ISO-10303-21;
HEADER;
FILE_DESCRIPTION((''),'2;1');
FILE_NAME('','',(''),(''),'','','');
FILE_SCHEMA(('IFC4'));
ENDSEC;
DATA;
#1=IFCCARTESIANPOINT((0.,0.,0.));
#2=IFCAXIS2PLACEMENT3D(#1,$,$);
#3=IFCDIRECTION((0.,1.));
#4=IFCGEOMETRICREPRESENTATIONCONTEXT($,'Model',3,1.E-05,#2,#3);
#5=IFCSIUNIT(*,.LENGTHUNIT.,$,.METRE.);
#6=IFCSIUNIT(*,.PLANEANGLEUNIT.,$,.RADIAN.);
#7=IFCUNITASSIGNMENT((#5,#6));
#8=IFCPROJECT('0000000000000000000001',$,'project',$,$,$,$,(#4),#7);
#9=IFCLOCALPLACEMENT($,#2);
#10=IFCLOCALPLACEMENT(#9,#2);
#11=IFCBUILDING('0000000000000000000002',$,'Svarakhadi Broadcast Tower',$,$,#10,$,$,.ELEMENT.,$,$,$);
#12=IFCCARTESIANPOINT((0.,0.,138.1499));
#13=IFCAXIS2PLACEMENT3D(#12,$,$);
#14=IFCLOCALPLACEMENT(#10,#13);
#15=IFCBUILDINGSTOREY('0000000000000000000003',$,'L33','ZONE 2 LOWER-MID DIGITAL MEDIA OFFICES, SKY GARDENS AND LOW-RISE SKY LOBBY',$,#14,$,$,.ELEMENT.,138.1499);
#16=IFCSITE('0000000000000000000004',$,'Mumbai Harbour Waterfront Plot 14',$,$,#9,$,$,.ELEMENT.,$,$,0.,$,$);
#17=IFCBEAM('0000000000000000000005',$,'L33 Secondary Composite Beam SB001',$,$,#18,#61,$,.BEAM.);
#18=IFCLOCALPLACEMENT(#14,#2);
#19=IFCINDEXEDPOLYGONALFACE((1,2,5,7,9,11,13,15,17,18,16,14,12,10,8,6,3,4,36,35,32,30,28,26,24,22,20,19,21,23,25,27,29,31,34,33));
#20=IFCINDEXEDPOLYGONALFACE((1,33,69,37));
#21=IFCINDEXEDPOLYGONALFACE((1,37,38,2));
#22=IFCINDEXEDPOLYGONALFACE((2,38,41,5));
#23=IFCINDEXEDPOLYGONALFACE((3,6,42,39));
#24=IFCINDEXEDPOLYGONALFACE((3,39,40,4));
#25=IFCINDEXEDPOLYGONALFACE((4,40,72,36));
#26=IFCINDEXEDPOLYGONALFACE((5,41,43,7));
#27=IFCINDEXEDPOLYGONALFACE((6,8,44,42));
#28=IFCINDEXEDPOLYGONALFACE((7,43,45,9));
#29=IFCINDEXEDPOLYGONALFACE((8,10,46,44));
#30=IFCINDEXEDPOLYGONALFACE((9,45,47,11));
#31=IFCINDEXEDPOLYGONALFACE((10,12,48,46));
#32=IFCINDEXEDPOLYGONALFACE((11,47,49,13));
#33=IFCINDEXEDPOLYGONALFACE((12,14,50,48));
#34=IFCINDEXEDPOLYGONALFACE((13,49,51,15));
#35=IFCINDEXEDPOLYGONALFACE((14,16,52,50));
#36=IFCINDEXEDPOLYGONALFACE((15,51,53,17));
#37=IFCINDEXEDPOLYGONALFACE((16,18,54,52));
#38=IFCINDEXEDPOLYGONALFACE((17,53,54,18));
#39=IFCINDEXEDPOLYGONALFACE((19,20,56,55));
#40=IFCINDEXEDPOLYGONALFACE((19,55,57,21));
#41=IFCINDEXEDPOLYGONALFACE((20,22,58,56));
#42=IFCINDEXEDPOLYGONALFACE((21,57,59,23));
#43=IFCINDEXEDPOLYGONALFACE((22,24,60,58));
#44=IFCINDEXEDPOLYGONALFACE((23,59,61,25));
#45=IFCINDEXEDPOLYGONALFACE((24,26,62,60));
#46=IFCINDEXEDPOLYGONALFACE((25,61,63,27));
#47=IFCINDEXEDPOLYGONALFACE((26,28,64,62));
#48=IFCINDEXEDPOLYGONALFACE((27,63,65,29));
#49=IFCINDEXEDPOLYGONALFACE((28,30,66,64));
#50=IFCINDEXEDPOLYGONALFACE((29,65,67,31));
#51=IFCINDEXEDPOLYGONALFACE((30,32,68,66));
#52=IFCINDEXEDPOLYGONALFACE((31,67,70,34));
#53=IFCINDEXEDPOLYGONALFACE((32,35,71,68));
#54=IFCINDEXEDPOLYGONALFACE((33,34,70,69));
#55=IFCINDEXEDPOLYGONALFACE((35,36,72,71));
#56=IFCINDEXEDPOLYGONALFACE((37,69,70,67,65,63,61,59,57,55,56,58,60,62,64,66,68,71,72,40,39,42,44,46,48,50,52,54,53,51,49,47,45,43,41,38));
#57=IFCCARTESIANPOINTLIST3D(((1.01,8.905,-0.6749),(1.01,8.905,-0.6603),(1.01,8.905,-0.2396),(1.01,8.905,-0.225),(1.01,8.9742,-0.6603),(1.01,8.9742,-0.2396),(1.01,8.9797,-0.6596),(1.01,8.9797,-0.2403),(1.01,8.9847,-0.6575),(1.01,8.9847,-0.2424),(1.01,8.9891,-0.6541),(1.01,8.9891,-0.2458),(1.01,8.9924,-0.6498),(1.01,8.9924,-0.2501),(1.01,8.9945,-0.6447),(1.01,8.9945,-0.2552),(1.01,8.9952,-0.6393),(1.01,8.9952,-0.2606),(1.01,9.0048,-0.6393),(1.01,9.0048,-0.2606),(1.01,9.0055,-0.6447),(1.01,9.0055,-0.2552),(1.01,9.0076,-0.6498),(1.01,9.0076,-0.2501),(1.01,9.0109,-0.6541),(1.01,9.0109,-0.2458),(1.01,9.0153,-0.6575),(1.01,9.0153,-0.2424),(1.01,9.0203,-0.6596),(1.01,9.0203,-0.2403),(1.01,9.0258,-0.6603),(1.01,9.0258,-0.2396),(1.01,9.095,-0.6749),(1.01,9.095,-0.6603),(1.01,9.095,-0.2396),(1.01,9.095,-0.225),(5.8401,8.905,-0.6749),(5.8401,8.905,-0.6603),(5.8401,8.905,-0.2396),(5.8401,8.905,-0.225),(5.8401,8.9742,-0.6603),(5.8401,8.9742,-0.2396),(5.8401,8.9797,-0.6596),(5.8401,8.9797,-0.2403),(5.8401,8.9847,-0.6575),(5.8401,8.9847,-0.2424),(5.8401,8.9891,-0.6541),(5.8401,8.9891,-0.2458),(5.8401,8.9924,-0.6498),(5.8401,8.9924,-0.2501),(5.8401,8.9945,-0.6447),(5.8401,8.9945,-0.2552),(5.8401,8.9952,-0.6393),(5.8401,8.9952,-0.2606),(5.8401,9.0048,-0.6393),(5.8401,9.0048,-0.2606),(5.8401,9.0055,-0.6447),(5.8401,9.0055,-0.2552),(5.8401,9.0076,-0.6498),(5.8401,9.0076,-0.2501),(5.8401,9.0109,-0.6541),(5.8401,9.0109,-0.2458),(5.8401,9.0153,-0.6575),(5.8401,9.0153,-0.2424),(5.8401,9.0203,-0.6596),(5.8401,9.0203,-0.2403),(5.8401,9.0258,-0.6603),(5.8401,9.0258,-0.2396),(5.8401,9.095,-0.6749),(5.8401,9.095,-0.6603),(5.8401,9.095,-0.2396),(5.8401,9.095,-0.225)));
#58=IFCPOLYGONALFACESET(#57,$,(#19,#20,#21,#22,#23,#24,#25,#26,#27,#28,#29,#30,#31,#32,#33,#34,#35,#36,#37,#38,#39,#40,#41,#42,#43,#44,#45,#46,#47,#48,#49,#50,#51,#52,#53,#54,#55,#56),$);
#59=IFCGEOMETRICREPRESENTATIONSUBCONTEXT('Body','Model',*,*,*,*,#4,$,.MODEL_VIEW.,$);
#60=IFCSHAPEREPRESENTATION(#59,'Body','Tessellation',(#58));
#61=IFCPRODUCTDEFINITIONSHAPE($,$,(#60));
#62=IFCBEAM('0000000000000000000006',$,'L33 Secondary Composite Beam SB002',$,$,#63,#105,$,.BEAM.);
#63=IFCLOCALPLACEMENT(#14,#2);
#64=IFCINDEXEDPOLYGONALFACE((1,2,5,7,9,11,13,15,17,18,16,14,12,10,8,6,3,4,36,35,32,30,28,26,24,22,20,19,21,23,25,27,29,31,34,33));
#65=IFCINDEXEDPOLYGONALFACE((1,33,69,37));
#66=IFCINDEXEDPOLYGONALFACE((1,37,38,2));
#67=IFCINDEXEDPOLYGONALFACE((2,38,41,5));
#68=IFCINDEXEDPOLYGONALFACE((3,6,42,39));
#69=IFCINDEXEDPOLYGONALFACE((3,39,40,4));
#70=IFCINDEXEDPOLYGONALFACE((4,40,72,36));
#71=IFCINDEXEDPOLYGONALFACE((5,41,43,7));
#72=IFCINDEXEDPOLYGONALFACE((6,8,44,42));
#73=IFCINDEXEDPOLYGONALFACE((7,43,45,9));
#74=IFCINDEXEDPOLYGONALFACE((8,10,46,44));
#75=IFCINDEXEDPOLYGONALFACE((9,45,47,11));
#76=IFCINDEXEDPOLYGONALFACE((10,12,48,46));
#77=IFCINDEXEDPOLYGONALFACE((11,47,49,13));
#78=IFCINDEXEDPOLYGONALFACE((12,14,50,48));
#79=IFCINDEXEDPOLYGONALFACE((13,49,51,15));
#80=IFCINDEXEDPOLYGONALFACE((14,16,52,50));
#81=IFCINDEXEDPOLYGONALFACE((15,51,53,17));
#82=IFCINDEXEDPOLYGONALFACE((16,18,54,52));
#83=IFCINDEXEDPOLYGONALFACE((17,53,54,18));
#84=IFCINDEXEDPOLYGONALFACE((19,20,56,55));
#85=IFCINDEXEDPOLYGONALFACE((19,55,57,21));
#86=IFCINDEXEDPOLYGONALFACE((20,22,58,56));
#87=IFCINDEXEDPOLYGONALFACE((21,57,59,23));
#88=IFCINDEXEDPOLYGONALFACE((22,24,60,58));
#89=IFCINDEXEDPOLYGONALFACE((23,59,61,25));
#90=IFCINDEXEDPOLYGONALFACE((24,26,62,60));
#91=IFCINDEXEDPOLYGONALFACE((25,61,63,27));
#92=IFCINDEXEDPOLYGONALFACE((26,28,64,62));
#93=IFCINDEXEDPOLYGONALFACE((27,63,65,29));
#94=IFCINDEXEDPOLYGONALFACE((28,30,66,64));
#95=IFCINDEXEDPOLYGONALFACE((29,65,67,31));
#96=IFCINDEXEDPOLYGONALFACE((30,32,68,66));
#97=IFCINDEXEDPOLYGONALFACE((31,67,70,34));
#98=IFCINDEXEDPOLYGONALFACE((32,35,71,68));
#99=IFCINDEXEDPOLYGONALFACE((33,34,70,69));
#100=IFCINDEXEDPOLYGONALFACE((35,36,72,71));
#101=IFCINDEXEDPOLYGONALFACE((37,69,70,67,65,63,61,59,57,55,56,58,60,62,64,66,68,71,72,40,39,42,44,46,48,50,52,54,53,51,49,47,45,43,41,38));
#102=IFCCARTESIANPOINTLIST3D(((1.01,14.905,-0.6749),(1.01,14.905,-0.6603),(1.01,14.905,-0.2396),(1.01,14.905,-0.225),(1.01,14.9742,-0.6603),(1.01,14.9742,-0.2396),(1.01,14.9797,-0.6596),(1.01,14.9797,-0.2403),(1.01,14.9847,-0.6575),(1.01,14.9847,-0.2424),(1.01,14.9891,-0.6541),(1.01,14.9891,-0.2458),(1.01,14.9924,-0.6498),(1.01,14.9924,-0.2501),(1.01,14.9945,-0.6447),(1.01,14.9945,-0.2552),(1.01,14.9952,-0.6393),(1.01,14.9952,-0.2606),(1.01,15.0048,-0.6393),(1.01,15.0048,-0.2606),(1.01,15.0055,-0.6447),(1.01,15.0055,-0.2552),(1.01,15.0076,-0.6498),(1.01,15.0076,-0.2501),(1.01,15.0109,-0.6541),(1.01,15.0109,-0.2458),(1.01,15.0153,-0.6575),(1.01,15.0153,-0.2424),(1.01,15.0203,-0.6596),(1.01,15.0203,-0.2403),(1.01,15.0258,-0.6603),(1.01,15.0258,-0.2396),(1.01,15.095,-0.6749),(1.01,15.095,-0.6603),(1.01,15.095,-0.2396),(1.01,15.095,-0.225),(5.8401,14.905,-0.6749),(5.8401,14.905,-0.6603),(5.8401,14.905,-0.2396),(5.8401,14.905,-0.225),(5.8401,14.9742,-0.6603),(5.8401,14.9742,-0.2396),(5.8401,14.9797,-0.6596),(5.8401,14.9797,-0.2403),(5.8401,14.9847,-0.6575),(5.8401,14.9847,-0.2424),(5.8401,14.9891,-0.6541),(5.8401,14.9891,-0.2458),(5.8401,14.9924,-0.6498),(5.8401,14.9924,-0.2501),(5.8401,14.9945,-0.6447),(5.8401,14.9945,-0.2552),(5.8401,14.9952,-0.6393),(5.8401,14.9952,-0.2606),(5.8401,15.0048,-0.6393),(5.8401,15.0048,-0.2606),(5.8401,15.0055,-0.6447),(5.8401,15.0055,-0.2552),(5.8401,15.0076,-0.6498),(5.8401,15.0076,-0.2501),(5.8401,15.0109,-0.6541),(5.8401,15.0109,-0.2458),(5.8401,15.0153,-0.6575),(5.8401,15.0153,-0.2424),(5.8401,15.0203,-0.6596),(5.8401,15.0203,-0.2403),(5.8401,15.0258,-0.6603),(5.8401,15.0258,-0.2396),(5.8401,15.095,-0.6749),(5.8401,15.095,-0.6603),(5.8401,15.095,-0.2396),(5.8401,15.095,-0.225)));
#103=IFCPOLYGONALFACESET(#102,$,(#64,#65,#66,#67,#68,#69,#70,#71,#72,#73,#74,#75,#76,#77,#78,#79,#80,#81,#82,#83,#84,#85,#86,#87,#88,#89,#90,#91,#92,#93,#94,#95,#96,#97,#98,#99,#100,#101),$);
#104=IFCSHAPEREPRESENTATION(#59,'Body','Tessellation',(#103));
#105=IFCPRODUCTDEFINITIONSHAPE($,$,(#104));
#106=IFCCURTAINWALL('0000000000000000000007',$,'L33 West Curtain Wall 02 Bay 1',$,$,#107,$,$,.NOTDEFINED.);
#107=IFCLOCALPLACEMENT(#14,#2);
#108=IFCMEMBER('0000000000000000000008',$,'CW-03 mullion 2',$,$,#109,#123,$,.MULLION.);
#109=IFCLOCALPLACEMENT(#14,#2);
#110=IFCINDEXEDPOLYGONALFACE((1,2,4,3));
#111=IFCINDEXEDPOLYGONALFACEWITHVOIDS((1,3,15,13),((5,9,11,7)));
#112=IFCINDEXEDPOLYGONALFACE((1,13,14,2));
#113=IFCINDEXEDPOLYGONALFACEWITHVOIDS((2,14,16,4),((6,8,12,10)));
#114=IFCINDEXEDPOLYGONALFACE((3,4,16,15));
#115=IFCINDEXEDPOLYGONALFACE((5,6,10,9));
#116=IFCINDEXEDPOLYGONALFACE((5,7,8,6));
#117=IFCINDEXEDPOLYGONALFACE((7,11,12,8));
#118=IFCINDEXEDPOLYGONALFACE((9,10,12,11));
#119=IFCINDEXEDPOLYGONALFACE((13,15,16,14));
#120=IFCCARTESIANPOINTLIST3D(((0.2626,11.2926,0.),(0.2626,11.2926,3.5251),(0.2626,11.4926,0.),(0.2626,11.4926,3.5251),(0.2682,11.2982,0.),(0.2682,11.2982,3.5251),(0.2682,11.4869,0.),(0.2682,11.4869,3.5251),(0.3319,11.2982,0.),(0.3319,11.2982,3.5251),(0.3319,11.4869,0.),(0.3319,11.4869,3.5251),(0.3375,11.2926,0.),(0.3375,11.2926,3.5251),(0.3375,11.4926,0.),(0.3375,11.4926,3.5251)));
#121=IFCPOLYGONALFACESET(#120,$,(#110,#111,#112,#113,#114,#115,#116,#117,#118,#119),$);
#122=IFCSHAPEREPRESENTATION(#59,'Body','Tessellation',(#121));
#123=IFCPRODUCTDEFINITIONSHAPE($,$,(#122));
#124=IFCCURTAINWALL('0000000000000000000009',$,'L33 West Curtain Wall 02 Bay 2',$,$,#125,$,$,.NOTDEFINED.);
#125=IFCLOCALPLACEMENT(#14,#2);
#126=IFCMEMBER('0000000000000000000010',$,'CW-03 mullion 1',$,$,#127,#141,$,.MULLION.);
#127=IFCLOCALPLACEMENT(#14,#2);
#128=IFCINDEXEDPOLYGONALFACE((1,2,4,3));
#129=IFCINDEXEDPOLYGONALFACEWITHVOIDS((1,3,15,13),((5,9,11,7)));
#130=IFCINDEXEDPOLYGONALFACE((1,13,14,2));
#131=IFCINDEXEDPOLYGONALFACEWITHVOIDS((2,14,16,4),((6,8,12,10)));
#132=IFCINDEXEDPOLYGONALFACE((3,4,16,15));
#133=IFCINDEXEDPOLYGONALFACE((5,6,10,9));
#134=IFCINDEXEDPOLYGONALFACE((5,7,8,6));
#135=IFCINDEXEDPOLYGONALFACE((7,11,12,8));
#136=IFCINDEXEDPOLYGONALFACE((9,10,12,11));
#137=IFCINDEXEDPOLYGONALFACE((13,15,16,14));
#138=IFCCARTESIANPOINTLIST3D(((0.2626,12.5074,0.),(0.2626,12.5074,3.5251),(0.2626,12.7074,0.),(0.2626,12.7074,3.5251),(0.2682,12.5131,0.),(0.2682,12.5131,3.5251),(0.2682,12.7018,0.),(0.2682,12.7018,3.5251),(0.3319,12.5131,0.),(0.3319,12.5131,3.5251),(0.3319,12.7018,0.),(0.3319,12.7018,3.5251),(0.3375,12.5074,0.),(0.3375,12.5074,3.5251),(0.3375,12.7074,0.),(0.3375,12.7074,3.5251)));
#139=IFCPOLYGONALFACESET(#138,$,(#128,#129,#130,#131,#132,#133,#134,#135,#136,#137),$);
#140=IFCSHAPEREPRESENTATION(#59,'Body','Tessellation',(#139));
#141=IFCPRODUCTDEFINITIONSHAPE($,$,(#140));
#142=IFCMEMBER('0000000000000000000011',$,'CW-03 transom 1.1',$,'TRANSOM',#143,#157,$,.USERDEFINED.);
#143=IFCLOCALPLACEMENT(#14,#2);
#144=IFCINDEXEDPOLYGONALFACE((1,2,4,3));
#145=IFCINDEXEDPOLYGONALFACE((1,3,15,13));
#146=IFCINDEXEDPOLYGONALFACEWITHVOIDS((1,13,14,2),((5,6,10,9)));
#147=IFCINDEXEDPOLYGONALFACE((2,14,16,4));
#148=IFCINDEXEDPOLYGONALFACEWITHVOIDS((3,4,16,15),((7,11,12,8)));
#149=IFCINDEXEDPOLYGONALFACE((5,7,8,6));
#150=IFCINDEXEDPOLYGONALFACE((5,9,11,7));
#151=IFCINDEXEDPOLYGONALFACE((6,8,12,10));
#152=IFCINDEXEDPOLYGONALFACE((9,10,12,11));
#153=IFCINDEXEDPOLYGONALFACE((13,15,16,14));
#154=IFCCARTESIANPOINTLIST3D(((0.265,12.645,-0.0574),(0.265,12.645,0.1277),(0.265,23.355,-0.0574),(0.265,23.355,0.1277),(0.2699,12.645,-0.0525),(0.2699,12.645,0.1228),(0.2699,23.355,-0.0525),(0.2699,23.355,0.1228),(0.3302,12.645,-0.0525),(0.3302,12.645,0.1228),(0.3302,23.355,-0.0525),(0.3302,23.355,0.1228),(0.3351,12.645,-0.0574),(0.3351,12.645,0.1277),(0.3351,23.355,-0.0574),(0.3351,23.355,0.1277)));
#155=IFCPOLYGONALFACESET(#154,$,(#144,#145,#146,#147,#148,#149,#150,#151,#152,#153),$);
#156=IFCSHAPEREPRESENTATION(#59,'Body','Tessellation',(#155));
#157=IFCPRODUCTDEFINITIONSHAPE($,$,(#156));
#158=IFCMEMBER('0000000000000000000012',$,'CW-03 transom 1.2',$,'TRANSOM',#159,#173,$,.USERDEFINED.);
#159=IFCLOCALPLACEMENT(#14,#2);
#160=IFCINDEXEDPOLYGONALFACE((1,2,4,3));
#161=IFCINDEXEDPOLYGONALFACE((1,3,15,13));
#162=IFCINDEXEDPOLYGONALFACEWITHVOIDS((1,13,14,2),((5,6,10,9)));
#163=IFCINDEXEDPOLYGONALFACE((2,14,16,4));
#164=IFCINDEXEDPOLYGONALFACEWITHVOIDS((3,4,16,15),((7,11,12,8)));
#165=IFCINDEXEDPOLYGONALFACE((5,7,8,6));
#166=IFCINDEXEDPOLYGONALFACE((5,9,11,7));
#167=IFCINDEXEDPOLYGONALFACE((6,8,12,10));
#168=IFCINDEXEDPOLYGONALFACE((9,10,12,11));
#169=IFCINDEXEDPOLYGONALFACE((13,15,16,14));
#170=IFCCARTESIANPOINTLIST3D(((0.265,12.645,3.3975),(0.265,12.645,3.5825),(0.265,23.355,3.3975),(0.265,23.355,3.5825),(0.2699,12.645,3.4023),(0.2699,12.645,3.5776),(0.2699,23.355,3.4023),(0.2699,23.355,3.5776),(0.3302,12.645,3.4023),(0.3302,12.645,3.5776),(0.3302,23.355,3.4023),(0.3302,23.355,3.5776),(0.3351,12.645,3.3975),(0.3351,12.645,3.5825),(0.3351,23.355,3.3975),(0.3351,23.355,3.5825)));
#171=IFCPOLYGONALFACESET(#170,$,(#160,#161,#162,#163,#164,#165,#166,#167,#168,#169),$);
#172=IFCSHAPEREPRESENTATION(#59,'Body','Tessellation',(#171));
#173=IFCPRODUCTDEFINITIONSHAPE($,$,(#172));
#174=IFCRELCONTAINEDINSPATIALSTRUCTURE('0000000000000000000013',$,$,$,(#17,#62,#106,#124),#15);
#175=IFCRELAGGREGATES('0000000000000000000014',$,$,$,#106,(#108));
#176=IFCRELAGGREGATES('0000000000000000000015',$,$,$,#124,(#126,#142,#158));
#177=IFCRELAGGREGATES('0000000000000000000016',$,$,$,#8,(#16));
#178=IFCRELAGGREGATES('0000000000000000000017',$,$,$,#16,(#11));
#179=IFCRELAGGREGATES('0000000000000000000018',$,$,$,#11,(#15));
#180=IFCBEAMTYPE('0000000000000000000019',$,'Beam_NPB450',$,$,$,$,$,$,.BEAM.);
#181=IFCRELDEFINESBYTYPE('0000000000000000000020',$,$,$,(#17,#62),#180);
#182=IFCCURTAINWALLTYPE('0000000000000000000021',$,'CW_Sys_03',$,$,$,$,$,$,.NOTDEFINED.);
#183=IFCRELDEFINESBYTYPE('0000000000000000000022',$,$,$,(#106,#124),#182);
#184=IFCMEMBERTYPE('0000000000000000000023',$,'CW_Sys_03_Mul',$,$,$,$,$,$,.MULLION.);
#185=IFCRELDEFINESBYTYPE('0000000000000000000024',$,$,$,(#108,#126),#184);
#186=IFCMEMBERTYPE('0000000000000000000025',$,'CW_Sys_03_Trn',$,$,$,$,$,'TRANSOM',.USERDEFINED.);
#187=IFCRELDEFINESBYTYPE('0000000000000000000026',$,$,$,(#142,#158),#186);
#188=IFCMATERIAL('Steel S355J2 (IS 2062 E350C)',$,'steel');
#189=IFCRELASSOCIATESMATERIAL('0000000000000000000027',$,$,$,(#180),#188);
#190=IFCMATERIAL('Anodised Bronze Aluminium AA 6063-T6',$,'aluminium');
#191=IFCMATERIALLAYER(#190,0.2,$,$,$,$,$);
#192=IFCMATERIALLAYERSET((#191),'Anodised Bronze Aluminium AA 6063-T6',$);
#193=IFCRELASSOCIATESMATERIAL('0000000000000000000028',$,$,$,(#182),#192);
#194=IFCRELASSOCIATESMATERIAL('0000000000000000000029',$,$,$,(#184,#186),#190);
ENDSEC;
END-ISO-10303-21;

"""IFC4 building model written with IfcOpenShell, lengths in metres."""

from ifc_helpers import new_model, si_unit, direction, frame, origin, origin_2d, place, context, subcontext, project, spatial, hollow_rectangle, i_section, extrude, material, layer, layer_set, material_profile, profile_set, type_object, element, aggregate, save


model = new_model("IFC4")

# Units and contexts
model_context = context("Model", 3, precision=1e-05, world=origin(), true_north=direction((0.0, 1.0)))
body_context = subcontext(model_context, "Body", "Model", "MODEL_VIEW")
ifc_project = project(units=[si_unit("LENGTHUNIT", "METRE"), si_unit("PLANEANGLEUNIT", "RADIAN")], contexts=[model_context])

# Site, building, storey
site_placement = place(None, origin())
site = spatial("IfcSite", under=ifc_project, at=site_placement, Name="Mumbai Harbour Waterfront Plot 14", CompositionType="ELEMENT", RefElevation=0.0)
building_placement = place(site_placement, origin())
building = spatial("IfcBuilding", under=site, at=building_placement, Name="Svarakhadi Broadcast Tower", CompositionType="ELEMENT")
storey_placement = place(building_placement, frame((0.0, 0.0, 138.1499)))
storey = spatial("IfcBuildingStorey", under=building, at=storey_placement, Name="L33", Description="ZONE 2 LOWER-MID DIGITAL MEDIA OFFICES, SKY GARDENS AND LOW-RISE SKY LOBBY", CompositionType="ELEMENT", Elevation=138.1499)

# Beams
ifc_material_1 = material(Name="Steel S355J2 (IS 2062 E350C)", Category="steel")
ifc_material_profile_1 = material_profile(ifc_material_1, i_section(OverallWidth=0.1899, OverallDepth=0.45, WebThickness=0.0095, FlangeThickness=0.0146, FilletRadius=0.021, at=origin_2d()), Name="NPB 450x190x78")
ifc_profile_set_1 = profile_set([ifc_material_profile_1], Name="Steel S355J2 (IS 2062 E350C)")
beam_type_1 = type_object("IfcBeamType", Name="Beam_NPB450", PredefinedType="BEAM", material=ifc_profile_set_1)
for number, where, z_axis, x_axis, name in (
    (1, (1.01, 9.0, -0.45), (1.0, 0.0, 0.0), (0.0, 1.0, 0.0), "L33 Secondary Composite Beam SB001"),
    (2, (1.01, 15.0, -0.45), (1.0, 0.0, 0.0), (0.0, 1.0, 0.0), "L33 Secondary Composite Beam SB002"),
):
    element("IfcBeam", number, at=place(storey_placement, frame(where, z_axis=z_axis, x_axis=x_axis)), inside=storey, type_object=beam_type_1, Name=name, PredefinedType="BEAM", context=body_context, shape_type="SweptSolid", body=[
        extrude(i_section(OverallWidth=0.1899, OverallDepth=0.45, WebThickness=0.0095, FlangeThickness=0.0146, FilletRadius=0.021, at=origin_2d()), origin(), (0.0, 0.0, 1.0), 4.8301),
    ])

# Curtain wall, member
ifc_material_2 = material(Name="Anodised Bronze Aluminium AA 6063-T6", Category="aluminium")
ifc_layer_1 = layer(ifc_material_2, 0.2)
ifc_layer_set_1 = layer_set([ifc_layer_1], Name="Anodised Bronze Aluminium AA 6063-T6")
curtain_wall_type = type_object("IfcCurtainWallType", Name="CW_Sys_03", PredefinedType="NOTDEFINED", material=ifc_layer_set_1)
curtain_wall_1_placement = place(storey_placement, origin())
curtain_wall_1 = element("IfcCurtainWall", 3, at=curtain_wall_1_placement, inside=storey, type_object=curtain_wall_type, Name="L33 West Curtain Wall 02 Bay 1", PredefinedType="NOTDEFINED")
ifc_material_profile_2 = material_profile(ifc_material_2, hollow_rectangle(XDim=0.075, YDim=0.2, WallThickness=0.0056, at=origin_2d()), Name="ALU MULLION 200x75x6")
ifc_profile_set_2 = profile_set([ifc_material_profile_2], Name="Anodised Bronze Aluminium AA 6063-T6")
member_type_1 = type_object("IfcMemberType", Name="CW_Sys_03_Mul", PredefinedType="MULLION", material=ifc_profile_set_2)
member_1_placement = place(storey_placement, frame((0.3, 11.3926, 0.0), z_axis=(0.0, 0.0, 1.0), x_axis=(-1.0, 0.0, 0.0)))
member_1 = element("IfcMember", 4, at=member_1_placement, type_object=member_type_1, Name="CW-03 mullion 2", PredefinedType="MULLION", context=body_context, shape_type="SweptSolid", body=[
    extrude(hollow_rectangle(XDim=0.075, YDim=0.2, WallThickness=0.0056, at=origin_2d()), origin(), (0.0, 0.0, 1.0), 3.5251),
])

# Curtain wall, members
curtain_wall_2_placement = place(storey_placement, origin())
curtain_wall_2 = element("IfcCurtainWall", 5, at=curtain_wall_2_placement, inside=storey, type_object=curtain_wall_type, Name="L33 West Curtain Wall 02 Bay 2", PredefinedType="NOTDEFINED")
member_2_placement = place(storey_placement, frame((0.3, 12.6074, 0.0), z_axis=(0.0, 0.0, 1.0), x_axis=(-1.0, 0.0, 0.0)))
member_2 = element("IfcMember", 6, at=member_2_placement, type_object=member_type_1, Name="CW-03 mullion 1", PredefinedType="MULLION", context=body_context, shape_type="SweptSolid", body=[
    extrude(hollow_rectangle(XDim=0.075, YDim=0.2, WallThickness=0.0056, at=origin_2d()), origin(), (0.0, 0.0, 1.0), 3.5251),
])
ifc_material_profile_3 = material_profile(ifc_material_2, hollow_rectangle(XDim=0.0701, YDim=0.1851, WallThickness=0.0049, at=origin_2d()), Name="ALU TRANSOM 185x70x5")
ifc_profile_set_3 = profile_set([ifc_material_profile_3], Name="Anodised Bronze Aluminium AA 6063-T6")
member_type_2 = type_object("IfcMemberType", Name="CW_Sys_03_Trn", ElementType="TRANSOM", PredefinedType="USERDEFINED", material=ifc_profile_set_3)
member_3_placement = place(storey_placement, frame((0.3, 12.645, 0.0352), z_axis=(0.0, 1.0, 0.0), x_axis=(-1.0, 0.0, 0.0)))
member_3 = element("IfcMember", 7, at=member_3_placement, type_object=member_type_2, Name="CW-03 transom 1.1", ObjectType="TRANSOM", PredefinedType="USERDEFINED", context=body_context, shape_type="SweptSolid", body=[
    extrude(hollow_rectangle(XDim=0.0701, YDim=0.1851, WallThickness=0.0049, at=origin_2d()), origin(), (0.0, 0.0, 1.0), 10.71),
])
member_4_placement = place(storey_placement, frame((0.3, 12.645, 3.49), z_axis=(0.0, 1.0, 0.0), x_axis=(-1.0, 0.0, 0.0)))
member_4 = element("IfcMember", 8, at=member_4_placement, type_object=member_type_2, Name="CW-03 transom 1.2", ObjectType="TRANSOM", PredefinedType="USERDEFINED", context=body_context, shape_type="SweptSolid", body=[
    extrude(hollow_rectangle(XDim=0.0701, YDim=0.1851, WallThickness=0.0049, at=origin_2d()), origin(), (0.0, 0.0, 1.0), 10.71),
])

aggregate(curtain_wall_1, [member_1])
aggregate(curtain_wall_2, [member_2, member_3, member_4])

save(model, "model.ifc")
